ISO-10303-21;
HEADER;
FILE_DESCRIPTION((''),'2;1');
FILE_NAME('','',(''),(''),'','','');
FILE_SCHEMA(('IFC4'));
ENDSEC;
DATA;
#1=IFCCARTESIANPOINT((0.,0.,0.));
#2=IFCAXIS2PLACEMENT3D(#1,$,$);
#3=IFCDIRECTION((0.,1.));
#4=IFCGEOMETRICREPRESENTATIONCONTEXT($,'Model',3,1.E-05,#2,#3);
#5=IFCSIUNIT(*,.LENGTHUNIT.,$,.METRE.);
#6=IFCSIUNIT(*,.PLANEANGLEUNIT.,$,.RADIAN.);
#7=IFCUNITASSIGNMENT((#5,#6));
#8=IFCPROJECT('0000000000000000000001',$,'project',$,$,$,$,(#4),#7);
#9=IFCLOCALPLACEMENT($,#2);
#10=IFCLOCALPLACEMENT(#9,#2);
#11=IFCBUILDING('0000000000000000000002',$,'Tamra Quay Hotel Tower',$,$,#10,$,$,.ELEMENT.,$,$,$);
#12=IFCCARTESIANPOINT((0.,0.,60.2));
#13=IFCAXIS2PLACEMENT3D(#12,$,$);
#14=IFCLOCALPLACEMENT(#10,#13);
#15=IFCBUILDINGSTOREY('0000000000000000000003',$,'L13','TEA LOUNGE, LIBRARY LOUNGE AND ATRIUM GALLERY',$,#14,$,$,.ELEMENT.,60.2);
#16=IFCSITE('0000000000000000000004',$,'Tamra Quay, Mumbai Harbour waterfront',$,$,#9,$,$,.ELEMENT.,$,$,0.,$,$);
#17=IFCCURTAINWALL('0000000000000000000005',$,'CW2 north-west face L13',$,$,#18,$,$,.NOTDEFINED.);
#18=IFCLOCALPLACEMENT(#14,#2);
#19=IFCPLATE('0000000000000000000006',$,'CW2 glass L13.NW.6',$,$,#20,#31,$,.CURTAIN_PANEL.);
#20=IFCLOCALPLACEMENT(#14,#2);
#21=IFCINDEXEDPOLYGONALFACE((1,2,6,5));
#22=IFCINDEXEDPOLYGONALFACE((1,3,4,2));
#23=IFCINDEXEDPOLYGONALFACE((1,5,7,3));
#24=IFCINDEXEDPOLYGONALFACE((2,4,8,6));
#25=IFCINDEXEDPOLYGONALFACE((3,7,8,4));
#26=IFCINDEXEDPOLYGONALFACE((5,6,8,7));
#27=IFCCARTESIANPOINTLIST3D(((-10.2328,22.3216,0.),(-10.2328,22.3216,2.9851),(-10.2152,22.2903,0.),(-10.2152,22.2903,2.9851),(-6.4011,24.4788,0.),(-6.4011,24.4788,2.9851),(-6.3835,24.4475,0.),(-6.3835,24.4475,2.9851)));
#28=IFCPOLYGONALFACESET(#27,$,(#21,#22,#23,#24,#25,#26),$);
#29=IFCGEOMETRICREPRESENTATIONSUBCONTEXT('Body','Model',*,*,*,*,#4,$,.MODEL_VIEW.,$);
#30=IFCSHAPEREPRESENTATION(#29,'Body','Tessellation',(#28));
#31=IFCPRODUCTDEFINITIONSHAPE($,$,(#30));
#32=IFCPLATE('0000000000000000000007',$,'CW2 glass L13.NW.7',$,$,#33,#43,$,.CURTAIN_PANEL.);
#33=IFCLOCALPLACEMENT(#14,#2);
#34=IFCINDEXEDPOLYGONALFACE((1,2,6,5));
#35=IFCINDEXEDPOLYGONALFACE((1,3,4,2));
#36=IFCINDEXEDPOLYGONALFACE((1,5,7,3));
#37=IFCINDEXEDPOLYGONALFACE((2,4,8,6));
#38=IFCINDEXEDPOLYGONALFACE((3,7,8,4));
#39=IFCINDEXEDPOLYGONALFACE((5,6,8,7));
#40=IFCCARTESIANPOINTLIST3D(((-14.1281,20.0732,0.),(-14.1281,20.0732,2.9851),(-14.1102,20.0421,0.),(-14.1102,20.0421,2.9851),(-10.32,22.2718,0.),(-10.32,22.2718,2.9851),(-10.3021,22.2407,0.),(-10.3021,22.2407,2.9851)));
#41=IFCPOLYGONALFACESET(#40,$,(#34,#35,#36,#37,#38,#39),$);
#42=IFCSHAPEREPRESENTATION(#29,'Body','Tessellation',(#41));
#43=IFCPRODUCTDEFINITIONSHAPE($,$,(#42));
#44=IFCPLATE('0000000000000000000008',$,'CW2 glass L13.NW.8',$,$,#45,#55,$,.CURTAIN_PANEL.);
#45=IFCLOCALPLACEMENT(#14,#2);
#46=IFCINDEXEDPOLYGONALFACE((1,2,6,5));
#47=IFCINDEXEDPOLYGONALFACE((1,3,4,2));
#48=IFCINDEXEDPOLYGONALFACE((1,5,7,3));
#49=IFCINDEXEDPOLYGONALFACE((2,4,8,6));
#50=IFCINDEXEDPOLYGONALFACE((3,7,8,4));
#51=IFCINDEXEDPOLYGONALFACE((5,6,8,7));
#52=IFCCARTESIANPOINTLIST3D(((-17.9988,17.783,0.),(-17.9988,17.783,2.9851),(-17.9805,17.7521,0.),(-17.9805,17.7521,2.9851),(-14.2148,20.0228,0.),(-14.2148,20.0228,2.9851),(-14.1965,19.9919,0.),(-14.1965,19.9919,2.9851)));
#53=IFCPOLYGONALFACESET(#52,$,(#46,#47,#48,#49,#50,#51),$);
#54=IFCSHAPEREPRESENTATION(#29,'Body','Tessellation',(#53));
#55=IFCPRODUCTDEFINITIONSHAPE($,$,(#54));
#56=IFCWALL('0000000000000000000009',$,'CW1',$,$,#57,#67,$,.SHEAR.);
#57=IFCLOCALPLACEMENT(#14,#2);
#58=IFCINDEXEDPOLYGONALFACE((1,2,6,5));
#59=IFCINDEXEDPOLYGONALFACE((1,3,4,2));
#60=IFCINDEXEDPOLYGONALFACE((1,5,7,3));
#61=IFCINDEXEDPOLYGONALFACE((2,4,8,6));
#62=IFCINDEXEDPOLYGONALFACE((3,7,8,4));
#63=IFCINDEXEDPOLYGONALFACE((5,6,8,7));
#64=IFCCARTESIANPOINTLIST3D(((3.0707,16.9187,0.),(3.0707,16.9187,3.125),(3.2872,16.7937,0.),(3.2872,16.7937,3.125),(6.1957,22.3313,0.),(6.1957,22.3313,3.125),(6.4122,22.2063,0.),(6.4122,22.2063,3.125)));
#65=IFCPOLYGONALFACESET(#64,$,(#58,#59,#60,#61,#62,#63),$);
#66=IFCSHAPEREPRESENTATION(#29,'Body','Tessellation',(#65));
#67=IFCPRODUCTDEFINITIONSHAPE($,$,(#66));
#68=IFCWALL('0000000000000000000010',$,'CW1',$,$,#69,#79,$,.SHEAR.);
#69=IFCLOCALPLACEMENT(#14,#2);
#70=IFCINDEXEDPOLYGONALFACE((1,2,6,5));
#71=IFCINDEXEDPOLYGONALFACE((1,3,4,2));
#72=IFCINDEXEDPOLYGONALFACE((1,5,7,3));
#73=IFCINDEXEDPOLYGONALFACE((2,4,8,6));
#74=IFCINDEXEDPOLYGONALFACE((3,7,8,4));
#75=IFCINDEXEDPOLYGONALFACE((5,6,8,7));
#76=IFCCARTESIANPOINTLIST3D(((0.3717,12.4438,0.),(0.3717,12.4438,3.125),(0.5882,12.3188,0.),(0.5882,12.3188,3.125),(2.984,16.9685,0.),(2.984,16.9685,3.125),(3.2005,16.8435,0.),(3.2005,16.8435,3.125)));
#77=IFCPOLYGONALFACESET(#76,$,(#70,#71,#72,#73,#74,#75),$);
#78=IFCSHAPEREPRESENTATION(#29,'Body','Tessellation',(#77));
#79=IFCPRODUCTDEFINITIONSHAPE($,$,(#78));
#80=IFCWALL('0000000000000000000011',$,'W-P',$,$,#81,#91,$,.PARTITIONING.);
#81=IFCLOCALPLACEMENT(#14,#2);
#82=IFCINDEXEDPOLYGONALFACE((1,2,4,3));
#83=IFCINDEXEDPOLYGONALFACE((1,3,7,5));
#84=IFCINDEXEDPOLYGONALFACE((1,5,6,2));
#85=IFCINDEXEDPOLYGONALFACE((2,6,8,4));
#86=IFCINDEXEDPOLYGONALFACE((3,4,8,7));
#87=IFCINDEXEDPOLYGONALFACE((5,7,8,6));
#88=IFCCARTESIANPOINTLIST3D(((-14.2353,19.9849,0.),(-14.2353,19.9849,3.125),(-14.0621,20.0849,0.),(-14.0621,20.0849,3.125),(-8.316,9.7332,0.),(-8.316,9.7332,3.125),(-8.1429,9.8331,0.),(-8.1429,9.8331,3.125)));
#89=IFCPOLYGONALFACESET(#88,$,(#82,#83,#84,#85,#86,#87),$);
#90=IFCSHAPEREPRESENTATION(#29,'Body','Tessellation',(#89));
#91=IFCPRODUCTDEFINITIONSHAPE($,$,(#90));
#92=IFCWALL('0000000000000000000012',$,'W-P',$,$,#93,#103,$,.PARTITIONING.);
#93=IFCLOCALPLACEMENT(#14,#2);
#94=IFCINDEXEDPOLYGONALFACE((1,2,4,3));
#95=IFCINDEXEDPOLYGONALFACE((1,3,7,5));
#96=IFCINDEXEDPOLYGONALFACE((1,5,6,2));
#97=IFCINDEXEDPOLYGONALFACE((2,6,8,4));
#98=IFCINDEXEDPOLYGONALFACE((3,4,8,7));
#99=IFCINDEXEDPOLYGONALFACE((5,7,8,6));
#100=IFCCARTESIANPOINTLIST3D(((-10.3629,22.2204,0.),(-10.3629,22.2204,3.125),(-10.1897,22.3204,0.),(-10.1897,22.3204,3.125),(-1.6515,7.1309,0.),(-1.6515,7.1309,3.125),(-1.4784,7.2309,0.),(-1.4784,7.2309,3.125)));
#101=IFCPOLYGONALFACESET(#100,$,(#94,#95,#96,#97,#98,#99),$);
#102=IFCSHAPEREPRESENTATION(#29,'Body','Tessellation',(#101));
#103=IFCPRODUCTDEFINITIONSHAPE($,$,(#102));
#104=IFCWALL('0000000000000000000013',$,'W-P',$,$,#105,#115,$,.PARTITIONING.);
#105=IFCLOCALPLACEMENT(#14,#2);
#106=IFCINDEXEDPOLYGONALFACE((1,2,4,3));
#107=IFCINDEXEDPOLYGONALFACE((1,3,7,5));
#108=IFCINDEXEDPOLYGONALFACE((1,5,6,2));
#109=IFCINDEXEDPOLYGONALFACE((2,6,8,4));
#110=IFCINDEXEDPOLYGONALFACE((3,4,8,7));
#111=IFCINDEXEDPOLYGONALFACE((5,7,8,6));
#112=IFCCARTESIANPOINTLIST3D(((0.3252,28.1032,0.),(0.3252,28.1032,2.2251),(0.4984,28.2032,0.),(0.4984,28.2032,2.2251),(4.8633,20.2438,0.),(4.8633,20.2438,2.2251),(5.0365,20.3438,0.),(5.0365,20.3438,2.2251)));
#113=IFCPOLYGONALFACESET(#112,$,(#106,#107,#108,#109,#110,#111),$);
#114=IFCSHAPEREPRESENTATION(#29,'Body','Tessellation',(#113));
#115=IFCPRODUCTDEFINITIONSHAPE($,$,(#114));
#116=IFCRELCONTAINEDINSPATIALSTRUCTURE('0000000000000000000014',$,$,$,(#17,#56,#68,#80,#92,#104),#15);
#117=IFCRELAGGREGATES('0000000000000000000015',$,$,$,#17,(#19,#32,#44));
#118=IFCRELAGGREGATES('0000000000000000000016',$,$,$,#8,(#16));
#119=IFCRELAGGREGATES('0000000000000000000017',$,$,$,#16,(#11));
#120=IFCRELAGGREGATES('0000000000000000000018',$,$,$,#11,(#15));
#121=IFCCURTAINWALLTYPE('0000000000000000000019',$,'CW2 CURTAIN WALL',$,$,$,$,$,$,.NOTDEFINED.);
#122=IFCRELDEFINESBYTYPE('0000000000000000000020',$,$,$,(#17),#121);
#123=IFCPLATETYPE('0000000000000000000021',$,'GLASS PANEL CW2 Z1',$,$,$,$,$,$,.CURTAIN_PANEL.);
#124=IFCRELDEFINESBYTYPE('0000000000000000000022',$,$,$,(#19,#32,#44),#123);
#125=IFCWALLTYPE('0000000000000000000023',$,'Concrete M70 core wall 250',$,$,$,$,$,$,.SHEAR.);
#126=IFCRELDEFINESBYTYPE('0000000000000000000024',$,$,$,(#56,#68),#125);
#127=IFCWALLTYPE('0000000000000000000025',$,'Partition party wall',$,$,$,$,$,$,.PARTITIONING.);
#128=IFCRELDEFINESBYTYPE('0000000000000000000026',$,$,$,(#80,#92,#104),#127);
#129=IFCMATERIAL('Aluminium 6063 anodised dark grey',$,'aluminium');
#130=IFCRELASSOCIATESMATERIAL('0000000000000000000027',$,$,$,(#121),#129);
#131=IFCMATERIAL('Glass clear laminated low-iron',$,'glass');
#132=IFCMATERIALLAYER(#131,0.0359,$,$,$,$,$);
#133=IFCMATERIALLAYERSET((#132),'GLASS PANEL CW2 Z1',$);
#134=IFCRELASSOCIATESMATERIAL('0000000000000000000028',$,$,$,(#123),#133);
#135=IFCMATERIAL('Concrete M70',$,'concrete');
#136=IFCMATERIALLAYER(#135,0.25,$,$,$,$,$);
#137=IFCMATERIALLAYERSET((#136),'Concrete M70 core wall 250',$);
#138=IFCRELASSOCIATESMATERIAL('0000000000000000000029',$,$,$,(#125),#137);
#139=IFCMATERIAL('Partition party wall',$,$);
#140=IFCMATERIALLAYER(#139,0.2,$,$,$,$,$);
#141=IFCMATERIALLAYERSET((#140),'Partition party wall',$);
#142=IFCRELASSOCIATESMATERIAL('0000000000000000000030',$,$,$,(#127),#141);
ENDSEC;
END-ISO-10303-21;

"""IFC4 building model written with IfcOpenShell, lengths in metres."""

from ifc_helpers import new_model, si_unit, direction, frame, frame_2d, origin, origin_2d, place, context, subcontext, project, spatial, rectangle, extrude, material, layer, layer_set, type_object, element, aggregate, save


model = new_model("IFC4")

# Units and contexts
model_context = context("Model", 3, precision=1e-05, world=origin(), true_north=direction((0.0, 1.0)))
body_context = subcontext(model_context, "Body", "Model", "MODEL_VIEW")
ifc_project = project(units=[si_unit("LENGTHUNIT", "METRE"), si_unit("PLANEANGLEUNIT", "RADIAN")], contexts=[model_context])

# Site, building, storey
site_placement = place(None, origin())
site = spatial("IfcSite", under=ifc_project, at=site_placement, Name="Tamra Quay, Mumbai Harbour waterfront", CompositionType="ELEMENT", RefElevation=0.0)
building_placement = place(site_placement, origin())
building = spatial("IfcBuilding", under=site, at=building_placement, Name="Tamra Quay Hotel Tower", CompositionType="ELEMENT")
storey_placement = place(building_placement, frame((0.0, 0.0, 60.2)))
storey = spatial("IfcBuildingStorey", under=building, at=storey_placement, Name="L13", Description="TEA LOUNGE, LIBRARY LOUNGE AND ATRIUM GALLERY", CompositionType="ELEMENT", Elevation=60.2)

# Shared definitions
ifc_material_1 = material(Name="Concrete M70", Category="concrete")

# Curtain wall, plates
ifc_material_2 = material(Name="Aluminium 6063 anodised dark grey", Category="aluminium")
curtain_wall_type = type_object("IfcCurtainWallType", Name="CW2 CURTAIN WALL", PredefinedType="NOTDEFINED", material=ifc_material_2)
curtain_wall_placement = place(storey_placement, origin())
curtain_wall = element("IfcCurtainWall", 1, at=curtain_wall_placement, inside=storey, type_object=curtain_wall_type, Name="CW2 north-west face L13", PredefinedType="NOTDEFINED")
ifc_material_3 = material(Name="Glass clear laminated low-iron", Category="glass")
ifc_layer_1 = layer(ifc_material_3, 0.0359)
ifc_layer_set_1 = layer_set([ifc_layer_1], Name="GLASS PANEL CW2 Z1")
plate_type = type_object("IfcPlateType", Name="GLASS PANEL CW2 Z1", PredefinedType="CURTAIN_PANEL", material=ifc_layer_set_1)
plate_1_placement = place(storey_placement, frame((-8.3081, 23.3845, 0.0), z_axis=(0.0, 0.0, 1.0), x_axis=(-0.871392, -0.490587, 0.0)))
plate_1 = element("IfcPlate", 2, at=plate_1_placement, type_object=plate_type, Name="CW2 glass L13.NW.6", PredefinedType="CURTAIN_PANEL", context=body_context, shape_type="SweptSolid", body=[
    extrude(rectangle(XDim=4.3972, YDim=0.0359, at=origin_2d()), origin(), (0.0, 0.0, 1.0), 2.9851),
])
plate_2_placement = place(storey_placement, frame((-12.2151, 21.157, 0.0), z_axis=(0.0, 0.0, 1.0), x_axis=(-0.866025, -0.5, 0.0)))
plate_2 = element("IfcPlate", 3, at=plate_2_placement, type_object=plate_type, Name="CW2 glass L13.NW.7", PredefinedType="CURTAIN_PANEL", context=body_context, shape_type="SweptSolid", body=[
    extrude(rectangle(XDim=4.3972, YDim=0.0359, at=origin_2d()), origin(), (0.0, 0.0, 1.0), 2.9851),
])
plate_3_placement = place(storey_placement, frame((-16.0977, 18.8875, 0.0), z_axis=(0.0, 0.0, 1.0), x_axis=(-0.860557, -0.509355, 0.0)))
plate_3 = element("IfcPlate", 4, at=plate_3_placement, type_object=plate_type, Name="CW2 glass L13.NW.8", PredefinedType="CURTAIN_PANEL", context=body_context, shape_type="SweptSolid", body=[
    extrude(rectangle(XDim=4.3972, YDim=0.0359, at=origin_2d()), origin(), (0.0, 0.0, 1.0), 2.9851),
])
aggregate(curtain_wall, [plate_1, plate_2, plate_3])

# Walls
ifc_layer_2 = layer(ifc_material_1, 0.25)
ifc_layer_set_2 = layer_set([ifc_layer_2], Name="Concrete M70 core wall 250")
wall_type_1 = type_object("IfcWallType", Name="Concrete M70 core wall 250", PredefinedType="SHEAR", material=ifc_layer_set_2)
wall_1_placement = place(storey_placement, frame((3.179, 16.8562, 0.0), z_axis=(0.0, 0.0, 1.0), x_axis=(0.500004, 0.866023, 0.0)))
element("IfcWall", 5, at=wall_1_placement, inside=storey, type_object=wall_type_1, Name="CW1", PredefinedType="SHEAR", context=body_context, shape_type="SweptSolid", body=[
    extrude(rectangle(XDim=6.25, YDim=0.25, at=frame_2d((3.125, 0.0))), origin(), (0.0, 0.0, 1.0), 3.125),
])
wall_2_placement = place(storey_placement, frame((0.48, 12.3813, 0.0), z_axis=(0.0, 0.0, 1.0), x_axis=(0.499999, 0.866026, 0.0)))
element("IfcWall", 6, at=wall_2_placement, inside=storey, type_object=wall_type_1, Name="CW1", PredefinedType="SHEAR", context=body_context, shape_type="SweptSolid", body=[
    extrude(rectangle(XDim=5.2246, YDim=0.25, at=frame_2d((2.6123, 0.0))), origin(), (0.0, 0.0, 1.0), 3.125),
])
ifc_material_4 = material(Name="Partition party wall")
ifc_layer_3 = layer(ifc_material_4, 0.2)
ifc_layer_set_3 = layer_set([ifc_layer_3], Name="Partition party wall")
wall_type_2 = type_object("IfcWallType", Name="Partition party wall", PredefinedType="PARTITIONING", material=ifc_layer_set_3)
wall_3_placement = place(storey_placement, frame((-14.1487, 20.0349, 0.0), z_axis=(0.0, 0.0, 1.0), x_axis=(0.500023, -0.866012, 0.0)))
element("IfcWall", 7, at=wall_3_placement, inside=storey, type_object=wall_type_2, Name="W-P", PredefinedType="PARTITIONING", context=body_context, shape_type="SweptSolid", body=[
    extrude(rectangle(XDim=11.8379, YDim=0.2, at=frame_2d((5.9189, 0.0))), origin(), (0.0, 0.0, 1.0), 3.125),
])
wall_4_placement = place(storey_placement, frame((-10.2764, 22.2705, 0.0), z_axis=(0.0, 0.0, 1.0), x_axis=(0.499976, -0.866039, 0.0)))
element("IfcWall", 8, at=wall_4_placement, inside=storey, type_object=wall_type_2, Name="W-P", PredefinedType="PARTITIONING", context=body_context, shape_type="SweptSolid", body=[
    extrude(rectangle(XDim=17.4236, YDim=0.2, at=frame_2d((8.7119, 0.0))), origin(), (0.0, 0.0, 1.0), 3.125),
])
wall_5_placement = place(storey_placement, frame((0.4119, 28.1531, 0.0), z_axis=(0.0, 0.0, 1.0), x_axis=(0.500039, -0.866003, 0.0)))
element("IfcWall", 9, at=wall_5_placement, inside=storey, type_object=wall_type_2, Name="W-P", PredefinedType="PARTITIONING", context=body_context, shape_type="SweptSolid", body=[
    extrude(rectangle(XDim=9.0754, YDim=0.2, at=frame_2d((4.5376, 0.0))), origin(), (0.0, 0.0, 1.0), 2.2251),
])

save(model, "model.ifc")
